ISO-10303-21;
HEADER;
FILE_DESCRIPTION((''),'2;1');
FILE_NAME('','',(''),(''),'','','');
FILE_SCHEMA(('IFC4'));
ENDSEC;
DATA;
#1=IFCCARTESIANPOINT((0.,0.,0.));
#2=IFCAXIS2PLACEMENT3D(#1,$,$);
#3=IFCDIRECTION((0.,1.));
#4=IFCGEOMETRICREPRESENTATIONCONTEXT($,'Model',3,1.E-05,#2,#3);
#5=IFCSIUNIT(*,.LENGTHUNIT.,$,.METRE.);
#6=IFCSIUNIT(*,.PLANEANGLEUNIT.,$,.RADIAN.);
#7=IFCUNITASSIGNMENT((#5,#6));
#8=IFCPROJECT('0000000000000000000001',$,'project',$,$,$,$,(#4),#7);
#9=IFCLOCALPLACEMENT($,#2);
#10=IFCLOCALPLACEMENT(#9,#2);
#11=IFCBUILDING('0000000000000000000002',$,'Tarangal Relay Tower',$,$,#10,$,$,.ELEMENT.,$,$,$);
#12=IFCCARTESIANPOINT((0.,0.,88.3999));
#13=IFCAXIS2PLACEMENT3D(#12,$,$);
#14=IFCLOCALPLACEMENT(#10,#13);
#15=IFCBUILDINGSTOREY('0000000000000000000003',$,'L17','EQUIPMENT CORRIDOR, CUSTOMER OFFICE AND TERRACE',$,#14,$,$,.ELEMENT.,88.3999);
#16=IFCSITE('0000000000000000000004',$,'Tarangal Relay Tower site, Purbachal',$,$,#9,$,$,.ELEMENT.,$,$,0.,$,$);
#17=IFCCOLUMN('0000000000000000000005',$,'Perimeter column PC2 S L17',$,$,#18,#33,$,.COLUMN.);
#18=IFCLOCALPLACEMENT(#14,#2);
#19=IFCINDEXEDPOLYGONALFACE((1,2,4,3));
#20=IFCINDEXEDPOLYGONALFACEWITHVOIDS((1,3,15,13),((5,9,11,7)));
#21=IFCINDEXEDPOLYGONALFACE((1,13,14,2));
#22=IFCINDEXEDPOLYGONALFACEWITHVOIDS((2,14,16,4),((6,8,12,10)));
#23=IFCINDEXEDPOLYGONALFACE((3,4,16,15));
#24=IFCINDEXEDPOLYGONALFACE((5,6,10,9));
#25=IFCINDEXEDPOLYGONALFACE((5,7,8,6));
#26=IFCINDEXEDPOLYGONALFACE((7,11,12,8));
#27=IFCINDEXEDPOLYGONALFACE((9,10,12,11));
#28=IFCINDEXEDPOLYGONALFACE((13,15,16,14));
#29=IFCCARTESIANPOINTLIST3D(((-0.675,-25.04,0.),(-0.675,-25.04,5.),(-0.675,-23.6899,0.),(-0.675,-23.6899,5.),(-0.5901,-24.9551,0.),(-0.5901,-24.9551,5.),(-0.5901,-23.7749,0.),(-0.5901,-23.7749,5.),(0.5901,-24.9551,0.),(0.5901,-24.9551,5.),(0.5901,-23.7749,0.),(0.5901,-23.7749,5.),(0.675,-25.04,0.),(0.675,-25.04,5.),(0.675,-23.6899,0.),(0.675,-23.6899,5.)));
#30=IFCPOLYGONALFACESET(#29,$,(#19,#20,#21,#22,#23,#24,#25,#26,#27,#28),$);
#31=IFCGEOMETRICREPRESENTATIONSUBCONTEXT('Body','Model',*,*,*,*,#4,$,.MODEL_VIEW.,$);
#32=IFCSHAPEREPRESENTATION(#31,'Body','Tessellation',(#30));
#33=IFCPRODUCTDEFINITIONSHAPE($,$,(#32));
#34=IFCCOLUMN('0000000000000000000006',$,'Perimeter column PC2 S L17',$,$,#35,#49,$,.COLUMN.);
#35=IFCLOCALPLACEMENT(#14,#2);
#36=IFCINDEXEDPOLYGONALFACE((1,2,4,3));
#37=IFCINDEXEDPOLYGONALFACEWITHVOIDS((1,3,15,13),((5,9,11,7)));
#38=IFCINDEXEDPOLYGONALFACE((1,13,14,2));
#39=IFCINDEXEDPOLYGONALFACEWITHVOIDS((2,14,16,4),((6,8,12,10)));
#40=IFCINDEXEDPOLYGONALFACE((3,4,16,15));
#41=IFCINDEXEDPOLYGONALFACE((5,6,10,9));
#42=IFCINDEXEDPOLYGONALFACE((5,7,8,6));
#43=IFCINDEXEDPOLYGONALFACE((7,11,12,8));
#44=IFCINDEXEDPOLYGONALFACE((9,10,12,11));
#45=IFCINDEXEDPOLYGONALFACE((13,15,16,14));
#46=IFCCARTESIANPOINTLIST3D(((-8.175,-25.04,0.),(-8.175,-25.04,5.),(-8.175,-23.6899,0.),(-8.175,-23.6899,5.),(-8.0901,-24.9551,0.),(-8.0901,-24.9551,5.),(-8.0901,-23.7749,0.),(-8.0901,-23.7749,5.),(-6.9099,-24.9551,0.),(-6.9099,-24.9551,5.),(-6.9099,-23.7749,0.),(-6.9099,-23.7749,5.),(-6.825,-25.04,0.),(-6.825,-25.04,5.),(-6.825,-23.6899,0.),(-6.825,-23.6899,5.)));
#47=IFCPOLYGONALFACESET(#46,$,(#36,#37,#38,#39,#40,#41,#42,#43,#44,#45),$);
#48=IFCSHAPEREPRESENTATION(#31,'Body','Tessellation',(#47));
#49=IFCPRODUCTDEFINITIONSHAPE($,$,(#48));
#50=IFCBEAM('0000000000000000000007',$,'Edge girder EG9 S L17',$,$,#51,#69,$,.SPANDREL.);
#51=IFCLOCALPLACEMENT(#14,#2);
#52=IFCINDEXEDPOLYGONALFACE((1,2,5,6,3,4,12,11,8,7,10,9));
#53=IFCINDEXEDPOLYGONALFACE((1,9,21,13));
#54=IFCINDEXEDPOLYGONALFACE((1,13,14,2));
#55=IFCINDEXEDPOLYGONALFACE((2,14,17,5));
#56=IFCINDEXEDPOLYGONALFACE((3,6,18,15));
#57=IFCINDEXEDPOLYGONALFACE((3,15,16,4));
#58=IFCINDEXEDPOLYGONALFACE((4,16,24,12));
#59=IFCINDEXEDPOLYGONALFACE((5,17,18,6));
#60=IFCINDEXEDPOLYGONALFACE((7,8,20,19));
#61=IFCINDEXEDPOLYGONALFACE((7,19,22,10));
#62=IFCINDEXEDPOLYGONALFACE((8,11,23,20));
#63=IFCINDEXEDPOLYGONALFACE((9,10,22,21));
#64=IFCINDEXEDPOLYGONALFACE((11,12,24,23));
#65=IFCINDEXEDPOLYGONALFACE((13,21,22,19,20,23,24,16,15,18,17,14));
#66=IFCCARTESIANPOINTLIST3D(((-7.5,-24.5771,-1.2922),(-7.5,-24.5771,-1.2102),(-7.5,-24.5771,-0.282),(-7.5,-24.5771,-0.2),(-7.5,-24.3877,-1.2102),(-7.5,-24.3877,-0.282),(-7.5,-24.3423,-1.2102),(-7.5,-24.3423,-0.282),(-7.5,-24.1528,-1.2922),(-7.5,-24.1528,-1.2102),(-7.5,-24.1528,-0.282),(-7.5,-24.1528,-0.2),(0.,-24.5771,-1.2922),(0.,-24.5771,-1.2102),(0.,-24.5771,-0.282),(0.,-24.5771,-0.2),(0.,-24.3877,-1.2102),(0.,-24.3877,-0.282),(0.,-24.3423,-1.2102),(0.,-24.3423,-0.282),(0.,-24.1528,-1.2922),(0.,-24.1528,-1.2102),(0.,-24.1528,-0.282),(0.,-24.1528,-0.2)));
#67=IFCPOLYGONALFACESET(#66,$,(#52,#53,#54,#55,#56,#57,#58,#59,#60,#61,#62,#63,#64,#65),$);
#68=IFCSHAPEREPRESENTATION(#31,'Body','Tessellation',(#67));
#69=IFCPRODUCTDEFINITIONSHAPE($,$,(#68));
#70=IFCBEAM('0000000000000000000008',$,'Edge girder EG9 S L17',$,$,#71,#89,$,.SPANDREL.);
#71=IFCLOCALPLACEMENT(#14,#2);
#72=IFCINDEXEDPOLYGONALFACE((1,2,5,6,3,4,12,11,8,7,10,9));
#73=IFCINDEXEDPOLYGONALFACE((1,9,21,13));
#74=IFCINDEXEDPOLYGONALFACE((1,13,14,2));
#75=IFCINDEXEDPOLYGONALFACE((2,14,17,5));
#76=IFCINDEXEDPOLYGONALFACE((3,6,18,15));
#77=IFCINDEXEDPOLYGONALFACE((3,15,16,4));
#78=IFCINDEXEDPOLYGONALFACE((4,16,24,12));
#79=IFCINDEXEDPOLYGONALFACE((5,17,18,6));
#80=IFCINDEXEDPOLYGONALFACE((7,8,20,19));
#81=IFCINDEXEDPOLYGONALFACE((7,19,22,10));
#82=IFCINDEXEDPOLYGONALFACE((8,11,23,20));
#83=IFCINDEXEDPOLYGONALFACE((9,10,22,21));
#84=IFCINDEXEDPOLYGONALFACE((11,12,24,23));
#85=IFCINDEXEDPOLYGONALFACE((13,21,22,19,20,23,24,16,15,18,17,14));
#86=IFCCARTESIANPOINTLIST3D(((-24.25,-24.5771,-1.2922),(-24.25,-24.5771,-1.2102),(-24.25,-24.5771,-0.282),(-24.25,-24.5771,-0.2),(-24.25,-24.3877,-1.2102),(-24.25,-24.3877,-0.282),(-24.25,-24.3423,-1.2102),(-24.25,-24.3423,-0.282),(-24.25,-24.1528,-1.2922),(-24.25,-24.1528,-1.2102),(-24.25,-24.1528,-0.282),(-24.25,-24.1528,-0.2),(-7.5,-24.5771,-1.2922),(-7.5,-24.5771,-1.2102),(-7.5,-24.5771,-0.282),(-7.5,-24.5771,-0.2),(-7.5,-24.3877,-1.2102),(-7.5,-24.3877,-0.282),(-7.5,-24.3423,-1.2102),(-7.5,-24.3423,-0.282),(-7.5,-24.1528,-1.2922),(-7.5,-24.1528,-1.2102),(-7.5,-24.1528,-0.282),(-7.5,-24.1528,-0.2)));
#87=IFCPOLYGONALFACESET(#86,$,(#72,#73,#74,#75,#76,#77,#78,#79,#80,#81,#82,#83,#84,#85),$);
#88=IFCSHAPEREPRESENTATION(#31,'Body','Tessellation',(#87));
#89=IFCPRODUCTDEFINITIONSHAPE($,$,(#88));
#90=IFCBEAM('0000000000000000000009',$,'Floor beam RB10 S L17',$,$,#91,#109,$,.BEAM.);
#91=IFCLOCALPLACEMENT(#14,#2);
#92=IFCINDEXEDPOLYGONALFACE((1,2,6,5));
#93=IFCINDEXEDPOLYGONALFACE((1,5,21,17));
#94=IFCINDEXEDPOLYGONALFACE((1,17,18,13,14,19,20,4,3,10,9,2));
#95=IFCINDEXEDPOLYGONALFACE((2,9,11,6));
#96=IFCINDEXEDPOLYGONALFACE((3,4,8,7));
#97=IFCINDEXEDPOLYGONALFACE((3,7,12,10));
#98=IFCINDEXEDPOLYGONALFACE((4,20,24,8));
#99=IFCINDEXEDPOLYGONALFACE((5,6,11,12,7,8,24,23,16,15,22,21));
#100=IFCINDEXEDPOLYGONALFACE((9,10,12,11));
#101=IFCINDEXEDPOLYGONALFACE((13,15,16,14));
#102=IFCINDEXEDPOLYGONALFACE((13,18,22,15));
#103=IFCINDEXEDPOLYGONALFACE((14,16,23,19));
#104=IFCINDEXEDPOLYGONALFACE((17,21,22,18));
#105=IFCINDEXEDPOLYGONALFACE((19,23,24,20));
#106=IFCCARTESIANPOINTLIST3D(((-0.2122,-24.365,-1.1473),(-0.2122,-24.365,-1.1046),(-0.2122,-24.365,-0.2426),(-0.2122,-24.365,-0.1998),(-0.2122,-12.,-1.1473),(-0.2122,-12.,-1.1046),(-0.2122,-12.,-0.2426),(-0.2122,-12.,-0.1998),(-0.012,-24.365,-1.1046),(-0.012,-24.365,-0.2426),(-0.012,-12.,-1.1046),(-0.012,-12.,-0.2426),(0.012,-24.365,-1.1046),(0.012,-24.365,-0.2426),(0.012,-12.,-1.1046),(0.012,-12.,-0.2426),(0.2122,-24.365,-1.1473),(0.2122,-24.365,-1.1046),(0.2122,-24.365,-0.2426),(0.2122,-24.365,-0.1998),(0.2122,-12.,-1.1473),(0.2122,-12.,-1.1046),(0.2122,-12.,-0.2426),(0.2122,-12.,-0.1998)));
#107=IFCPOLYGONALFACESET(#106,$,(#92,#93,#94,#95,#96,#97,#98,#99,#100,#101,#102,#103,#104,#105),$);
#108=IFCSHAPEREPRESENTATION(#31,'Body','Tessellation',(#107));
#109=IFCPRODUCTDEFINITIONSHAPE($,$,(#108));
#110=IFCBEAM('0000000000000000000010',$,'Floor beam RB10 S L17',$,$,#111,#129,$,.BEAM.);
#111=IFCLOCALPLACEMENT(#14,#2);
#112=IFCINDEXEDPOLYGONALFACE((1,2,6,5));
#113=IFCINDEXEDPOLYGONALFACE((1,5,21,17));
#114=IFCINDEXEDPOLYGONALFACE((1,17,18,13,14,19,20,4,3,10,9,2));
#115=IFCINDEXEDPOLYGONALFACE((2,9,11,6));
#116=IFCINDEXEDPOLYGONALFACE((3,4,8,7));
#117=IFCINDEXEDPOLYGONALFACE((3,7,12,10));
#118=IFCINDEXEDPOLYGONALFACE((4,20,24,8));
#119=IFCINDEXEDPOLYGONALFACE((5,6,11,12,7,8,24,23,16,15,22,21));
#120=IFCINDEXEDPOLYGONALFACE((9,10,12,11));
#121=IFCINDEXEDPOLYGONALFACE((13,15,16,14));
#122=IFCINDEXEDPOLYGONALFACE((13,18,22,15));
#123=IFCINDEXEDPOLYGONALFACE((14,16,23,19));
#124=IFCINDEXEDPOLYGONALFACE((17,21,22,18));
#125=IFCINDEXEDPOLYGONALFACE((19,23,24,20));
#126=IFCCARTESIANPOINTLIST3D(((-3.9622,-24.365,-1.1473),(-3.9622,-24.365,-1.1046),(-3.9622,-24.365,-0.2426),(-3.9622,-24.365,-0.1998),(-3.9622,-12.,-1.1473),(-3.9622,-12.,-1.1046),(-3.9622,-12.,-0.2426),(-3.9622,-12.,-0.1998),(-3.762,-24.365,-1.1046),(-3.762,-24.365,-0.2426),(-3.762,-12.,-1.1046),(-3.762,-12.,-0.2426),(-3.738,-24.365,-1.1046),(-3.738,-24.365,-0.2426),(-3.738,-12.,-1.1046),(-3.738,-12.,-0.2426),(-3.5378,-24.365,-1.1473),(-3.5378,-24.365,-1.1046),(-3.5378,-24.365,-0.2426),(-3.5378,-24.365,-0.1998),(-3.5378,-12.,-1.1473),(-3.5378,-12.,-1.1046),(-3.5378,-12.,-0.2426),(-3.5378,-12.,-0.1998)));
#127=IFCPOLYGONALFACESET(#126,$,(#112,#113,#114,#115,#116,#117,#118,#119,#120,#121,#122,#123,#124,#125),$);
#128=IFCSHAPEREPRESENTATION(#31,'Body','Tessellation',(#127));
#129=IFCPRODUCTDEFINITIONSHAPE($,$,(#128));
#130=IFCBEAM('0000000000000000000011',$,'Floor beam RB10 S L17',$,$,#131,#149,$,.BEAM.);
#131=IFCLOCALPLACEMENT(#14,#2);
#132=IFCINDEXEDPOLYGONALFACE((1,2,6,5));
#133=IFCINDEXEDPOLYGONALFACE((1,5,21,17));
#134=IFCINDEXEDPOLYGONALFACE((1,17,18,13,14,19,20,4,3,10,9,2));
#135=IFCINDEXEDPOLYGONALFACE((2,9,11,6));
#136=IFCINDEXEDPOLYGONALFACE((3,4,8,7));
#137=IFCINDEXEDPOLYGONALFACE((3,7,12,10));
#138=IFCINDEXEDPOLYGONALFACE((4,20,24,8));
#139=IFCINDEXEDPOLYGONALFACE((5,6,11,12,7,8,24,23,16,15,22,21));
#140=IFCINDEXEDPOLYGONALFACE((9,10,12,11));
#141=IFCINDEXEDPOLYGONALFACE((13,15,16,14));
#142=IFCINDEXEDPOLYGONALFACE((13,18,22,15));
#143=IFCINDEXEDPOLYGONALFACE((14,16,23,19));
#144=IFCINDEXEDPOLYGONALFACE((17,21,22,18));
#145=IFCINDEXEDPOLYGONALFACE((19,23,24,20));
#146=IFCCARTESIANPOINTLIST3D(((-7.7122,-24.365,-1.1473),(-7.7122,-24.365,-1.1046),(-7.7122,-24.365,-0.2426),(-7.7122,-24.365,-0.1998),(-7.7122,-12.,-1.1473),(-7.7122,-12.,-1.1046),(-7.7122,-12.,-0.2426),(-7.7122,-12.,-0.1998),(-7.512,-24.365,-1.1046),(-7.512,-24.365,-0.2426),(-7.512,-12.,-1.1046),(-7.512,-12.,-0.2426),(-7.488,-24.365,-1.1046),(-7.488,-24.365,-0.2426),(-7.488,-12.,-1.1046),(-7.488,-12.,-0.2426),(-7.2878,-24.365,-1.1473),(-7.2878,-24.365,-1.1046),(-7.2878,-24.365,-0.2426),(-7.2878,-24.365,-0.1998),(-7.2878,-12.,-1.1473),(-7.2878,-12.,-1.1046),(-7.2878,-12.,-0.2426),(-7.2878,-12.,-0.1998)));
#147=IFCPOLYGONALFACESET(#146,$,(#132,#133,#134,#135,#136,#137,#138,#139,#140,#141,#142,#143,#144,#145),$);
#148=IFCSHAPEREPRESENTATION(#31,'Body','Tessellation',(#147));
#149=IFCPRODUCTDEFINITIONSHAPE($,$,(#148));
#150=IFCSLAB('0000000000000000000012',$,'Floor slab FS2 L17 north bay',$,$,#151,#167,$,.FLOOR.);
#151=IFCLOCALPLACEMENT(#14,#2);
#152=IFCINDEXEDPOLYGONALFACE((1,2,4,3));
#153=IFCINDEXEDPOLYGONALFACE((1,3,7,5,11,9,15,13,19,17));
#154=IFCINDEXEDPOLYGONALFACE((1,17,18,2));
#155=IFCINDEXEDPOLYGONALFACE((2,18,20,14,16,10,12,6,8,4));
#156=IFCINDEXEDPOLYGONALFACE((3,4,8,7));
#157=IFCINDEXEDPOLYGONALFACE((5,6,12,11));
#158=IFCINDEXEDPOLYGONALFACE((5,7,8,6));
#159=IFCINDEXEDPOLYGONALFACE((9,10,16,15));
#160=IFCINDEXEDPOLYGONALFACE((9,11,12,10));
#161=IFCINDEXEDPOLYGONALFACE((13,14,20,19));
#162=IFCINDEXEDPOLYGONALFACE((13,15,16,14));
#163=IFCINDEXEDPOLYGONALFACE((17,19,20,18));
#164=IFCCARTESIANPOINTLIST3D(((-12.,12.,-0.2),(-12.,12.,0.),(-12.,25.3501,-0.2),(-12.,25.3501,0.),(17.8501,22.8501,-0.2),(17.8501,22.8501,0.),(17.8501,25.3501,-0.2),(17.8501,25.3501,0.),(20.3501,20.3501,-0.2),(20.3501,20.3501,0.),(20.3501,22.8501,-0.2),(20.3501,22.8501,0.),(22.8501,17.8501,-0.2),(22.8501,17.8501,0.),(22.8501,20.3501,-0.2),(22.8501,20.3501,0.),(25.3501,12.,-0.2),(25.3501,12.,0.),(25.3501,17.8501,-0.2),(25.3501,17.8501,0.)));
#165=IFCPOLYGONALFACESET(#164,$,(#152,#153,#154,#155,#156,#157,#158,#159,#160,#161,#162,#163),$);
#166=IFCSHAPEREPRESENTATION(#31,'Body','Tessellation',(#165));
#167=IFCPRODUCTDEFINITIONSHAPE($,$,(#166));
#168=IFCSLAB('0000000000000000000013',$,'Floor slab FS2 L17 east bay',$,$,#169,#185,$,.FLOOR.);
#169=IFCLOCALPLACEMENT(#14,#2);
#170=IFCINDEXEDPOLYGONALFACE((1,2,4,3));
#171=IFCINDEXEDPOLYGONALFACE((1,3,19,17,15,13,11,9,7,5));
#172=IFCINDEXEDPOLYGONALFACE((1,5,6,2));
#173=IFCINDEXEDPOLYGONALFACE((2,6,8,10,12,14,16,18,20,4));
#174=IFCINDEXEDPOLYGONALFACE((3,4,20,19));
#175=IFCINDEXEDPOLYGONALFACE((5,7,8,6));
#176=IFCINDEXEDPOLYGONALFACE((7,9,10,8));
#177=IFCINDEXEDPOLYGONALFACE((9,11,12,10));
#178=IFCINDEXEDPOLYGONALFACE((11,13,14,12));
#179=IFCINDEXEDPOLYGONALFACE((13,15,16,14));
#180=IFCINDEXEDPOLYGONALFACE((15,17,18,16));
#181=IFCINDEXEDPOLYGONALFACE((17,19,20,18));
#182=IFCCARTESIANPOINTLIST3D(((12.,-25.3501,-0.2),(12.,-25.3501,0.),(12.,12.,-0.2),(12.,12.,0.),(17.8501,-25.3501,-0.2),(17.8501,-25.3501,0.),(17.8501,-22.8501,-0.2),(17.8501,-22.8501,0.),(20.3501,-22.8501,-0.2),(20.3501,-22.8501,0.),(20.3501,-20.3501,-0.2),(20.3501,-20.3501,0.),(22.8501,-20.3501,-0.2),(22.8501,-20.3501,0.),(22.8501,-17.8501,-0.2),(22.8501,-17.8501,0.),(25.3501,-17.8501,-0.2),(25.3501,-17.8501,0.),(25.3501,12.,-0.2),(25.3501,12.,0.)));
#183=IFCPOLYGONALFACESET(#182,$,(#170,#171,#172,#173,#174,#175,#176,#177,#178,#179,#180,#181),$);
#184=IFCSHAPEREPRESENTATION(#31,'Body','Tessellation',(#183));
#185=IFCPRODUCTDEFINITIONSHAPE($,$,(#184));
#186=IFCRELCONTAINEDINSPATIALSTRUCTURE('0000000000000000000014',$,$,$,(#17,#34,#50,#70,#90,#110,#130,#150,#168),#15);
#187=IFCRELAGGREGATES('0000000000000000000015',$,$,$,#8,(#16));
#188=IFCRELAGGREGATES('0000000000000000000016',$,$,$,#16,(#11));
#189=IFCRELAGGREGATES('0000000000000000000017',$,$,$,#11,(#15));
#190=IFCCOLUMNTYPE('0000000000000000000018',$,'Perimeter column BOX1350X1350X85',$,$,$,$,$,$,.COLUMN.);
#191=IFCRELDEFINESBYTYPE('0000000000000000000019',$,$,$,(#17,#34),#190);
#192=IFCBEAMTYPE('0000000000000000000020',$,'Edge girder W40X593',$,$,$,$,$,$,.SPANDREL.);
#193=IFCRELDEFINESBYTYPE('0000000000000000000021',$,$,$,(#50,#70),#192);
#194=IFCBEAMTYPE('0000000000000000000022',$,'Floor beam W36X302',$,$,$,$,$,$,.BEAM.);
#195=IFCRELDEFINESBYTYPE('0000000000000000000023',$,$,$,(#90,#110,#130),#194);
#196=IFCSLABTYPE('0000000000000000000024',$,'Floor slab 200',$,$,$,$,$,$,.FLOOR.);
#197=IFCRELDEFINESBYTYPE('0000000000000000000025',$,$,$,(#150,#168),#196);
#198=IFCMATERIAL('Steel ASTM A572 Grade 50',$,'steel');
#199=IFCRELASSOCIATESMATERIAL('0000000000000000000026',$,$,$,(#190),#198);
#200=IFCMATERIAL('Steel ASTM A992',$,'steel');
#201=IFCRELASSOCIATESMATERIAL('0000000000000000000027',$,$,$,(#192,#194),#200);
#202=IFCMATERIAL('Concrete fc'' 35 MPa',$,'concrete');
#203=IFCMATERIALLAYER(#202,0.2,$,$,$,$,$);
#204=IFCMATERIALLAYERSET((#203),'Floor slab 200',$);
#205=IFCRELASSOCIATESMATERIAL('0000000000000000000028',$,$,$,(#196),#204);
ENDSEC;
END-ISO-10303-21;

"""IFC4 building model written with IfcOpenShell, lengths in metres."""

from ifc_helpers import new_model, si_unit, direction, frame, origin, origin_2d, place, context, subcontext, project, spatial, polyline, hollow_rectangle, i_section, outline, extrude, material, layer, layer_set, material_profile, profile_set, type_object, element, save


model = new_model("IFC4")

# Units and contexts
model_context = context("Model", 3, precision=1e-05, world=origin(), true_north=direction((0.0, 1.0)))
body_context = subcontext(model_context, "Body", "Model", "MODEL_VIEW")
ifc_project = project(units=[si_unit("LENGTHUNIT", "METRE"), si_unit("PLANEANGLEUNIT", "RADIAN")], contexts=[model_context])

# Site, building, storey
site_placement = place(None, origin())
site = spatial("IfcSite", under=ifc_project, at=site_placement, Name="Tarangal Relay Tower site, Purbachal", CompositionType="ELEMENT", RefElevation=0.0)
building_placement = place(site_placement, origin())
building = spatial("IfcBuilding", under=site, at=building_placement, Name="Tarangal Relay Tower", CompositionType="ELEMENT")
storey_placement = place(building_placement, frame((0.0, 0.0, 88.3999)))
storey = spatial("IfcBuildingStorey", under=building, at=storey_placement, Name="L17", Description="EQUIPMENT CORRIDOR, CUSTOMER OFFICE AND TERRACE", CompositionType="ELEMENT", Elevation=88.3999)

# Columns
ifc_material_1 = material(Name="Steel ASTM A572 Grade 50", Category="steel")
ifc_material_profile_1 = material_profile(ifc_material_1, hollow_rectangle(XDim=1.3501, YDim=1.3501, WallThickness=0.085, at=origin_2d()), Name="BOX1350X1350X85")
ifc_profile_set_1 = profile_set([ifc_material_profile_1], Name="Steel ASTM A572 Grade 50")
column_type = type_object("IfcColumnType", Name="Perimeter column BOX1350X1350X85", PredefinedType="COLUMN", material=ifc_profile_set_1)
for number, where, z_axis, x_axis, name in (
    (1, (0.0, -24.365, 0.0), (0.0, 0.0, 1.0), (1.0, 0.0, 0.0), "Perimeter column PC2 S L17"),
    (2, (-7.5, -24.365, 0.0), (0.0, 0.0, 1.0), (1.0, 0.0, 0.0), "Perimeter column PC2 S L17"),
):
    element("IfcColumn", number, at=place(storey_placement, frame(where, z_axis=z_axis, x_axis=x_axis)), inside=storey, type_object=column_type, Name=name, PredefinedType="COLUMN", context=body_context, shape_type="SweptSolid", body=[
        extrude(hollow_rectangle(XDim=1.3501, YDim=1.3501, WallThickness=0.085, at=origin_2d()), origin(), (0.0, 0.0, 1.0), 5.0),
    ])

# Beams
ifc_material_2 = material(Name="Steel ASTM A992", Category="steel")
ifc_material_profile_2 = material_profile(ifc_material_2, i_section(OverallWidth=0.4243, OverallDepth=1.0923, WebThickness=0.0454, FlangeThickness=0.082, at=origin_2d()), Name="W40X593")
ifc_profile_set_2 = profile_set([ifc_material_profile_2], Name="Steel ASTM A992")
beam_type_1 = type_object("IfcBeamType", Name="Edge girder W40X593", PredefinedType="SPANDREL", material=ifc_profile_set_2)
beam_1_placement = place(storey_placement, frame((0.0, -24.365, -0.7461), z_axis=(-1.0, 0.0, 0.0), x_axis=(0.0, -1.0, 0.0)))
element("IfcBeam", 3, at=beam_1_placement, inside=storey, type_object=beam_type_1, Name="Edge girder EG9 S L17", PredefinedType="SPANDREL", context=body_context, shape_type="SweptSolid", body=[
    extrude(i_section(OverallWidth=0.4243, OverallDepth=1.0923, WebThickness=0.0454, FlangeThickness=0.082, at=origin_2d()), origin(), (0.0, 0.0, 1.0), 7.5),
])
beam_2_placement = place(storey_placement, frame((-7.5, -24.365, -0.7461), z_axis=(-1.0, 0.0, 0.0), x_axis=(0.0, -1.0, 0.0)))
element("IfcBeam", 4, at=beam_2_placement, inside=storey, type_object=beam_type_1, Name="Edge girder EG9 S L17", PredefinedType="SPANDREL", context=body_context, shape_type="SweptSolid", body=[
    extrude(i_section(OverallWidth=0.4243, OverallDepth=1.0923, WebThickness=0.0454, FlangeThickness=0.082, at=origin_2d()), origin(), (0.0, 0.0, 1.0), 16.75),
])
ifc_material_profile_3 = material_profile(ifc_material_2, i_section(OverallWidth=0.4243, OverallDepth=0.9475, WebThickness=0.0239, FlangeThickness=0.0427, at=origin_2d()), Name="W36X302")
ifc_profile_set_3 = profile_set([ifc_material_profile_3], Name="Steel ASTM A992")
beam_type_2 = type_object("IfcBeamType", Name="Floor beam W36X302", PredefinedType="BEAM", material=ifc_profile_set_3)
for number, where, z_axis, x_axis, name in (
    (5, (0.0, -12.0, -0.6736), (0.0, -1.0, 0.0), (1.0, 0.0, 0.0), "Floor beam RB10 S L17"),
    (6, (-3.75, -12.0, -0.6736), (0.0, -1.0, 0.0), (1.0, 0.0, 0.0), "Floor beam RB10 S L17"),
    (7, (-7.5, -12.0, -0.6736), (0.0, -1.0, 0.0), (1.0, 0.0, 0.0), "Floor beam RB10 S L17"),
):
    element("IfcBeam", number, at=place(storey_placement, frame(where, z_axis=z_axis, x_axis=x_axis)), inside=storey, type_object=beam_type_2, Name=name, PredefinedType="BEAM", context=body_context, shape_type="SweptSolid", body=[
        extrude(i_section(OverallWidth=0.4243, OverallDepth=0.9475, WebThickness=0.0239, FlangeThickness=0.0427, at=origin_2d()), origin(), (0.0, 0.0, 1.0), 12.365),
    ])

# Slabs
ifc_material_3 = material(Name="Concrete fc' 35 MPa", Category="concrete")
ifc_layer_1 = layer(ifc_material_3, 0.2)
ifc_layer_set_1 = layer_set([ifc_layer_1], Name="Floor slab 200")
slab_type_1 = type_object("IfcSlabType", Name="Floor slab 200", PredefinedType="FLOOR", material=ifc_layer_set_1)
slab_1_placement = place(storey_placement, frame((0.0, 0.0, -0.2)))
element("IfcSlab", 8, at=slab_1_placement, inside=storey, type_object=slab_type_1, Name="Floor slab FS2 L17 north bay", PredefinedType="FLOOR", context=body_context, shape_type="SweptSolid", body=[
    extrude(outline(polyline([(17.8501, 25.3501), (17.8501, 22.8501), (20.3501, 22.8501), (20.3501, 20.3501), (22.8501, 20.3501), (22.8501, 17.8501), (25.3501, 17.8501), (25.3501, 12.0), (-12.0, 12.0), (-12.0, 25.3501), (17.8501, 25.3501)])), origin(), (0.0, 0.0, 1.0), 0.2),
])
slab_2_placement = place(storey_placement, frame((0.0, 0.0, -0.2)))
element("IfcSlab", 9, at=slab_2_placement, inside=storey, type_object=slab_type_1, Name="Floor slab FS2 L17 east bay", PredefinedType="FLOOR", context=body_context, shape_type="SweptSolid", body=[
    extrude(outline(polyline([(25.3501, -17.8501), (22.8501, -17.8501), (22.8501, -20.3501), (20.3501, -20.3501), (20.3501, -22.8501), (17.8501, -22.8501), (17.8501, -25.3501), (12.0, -25.3501), (12.0, 12.0), (25.3501, 12.0), (25.3501, -17.8501)])), origin(), (0.0, 0.0, 1.0), 0.2),
])

save(model, "model.ifc")
